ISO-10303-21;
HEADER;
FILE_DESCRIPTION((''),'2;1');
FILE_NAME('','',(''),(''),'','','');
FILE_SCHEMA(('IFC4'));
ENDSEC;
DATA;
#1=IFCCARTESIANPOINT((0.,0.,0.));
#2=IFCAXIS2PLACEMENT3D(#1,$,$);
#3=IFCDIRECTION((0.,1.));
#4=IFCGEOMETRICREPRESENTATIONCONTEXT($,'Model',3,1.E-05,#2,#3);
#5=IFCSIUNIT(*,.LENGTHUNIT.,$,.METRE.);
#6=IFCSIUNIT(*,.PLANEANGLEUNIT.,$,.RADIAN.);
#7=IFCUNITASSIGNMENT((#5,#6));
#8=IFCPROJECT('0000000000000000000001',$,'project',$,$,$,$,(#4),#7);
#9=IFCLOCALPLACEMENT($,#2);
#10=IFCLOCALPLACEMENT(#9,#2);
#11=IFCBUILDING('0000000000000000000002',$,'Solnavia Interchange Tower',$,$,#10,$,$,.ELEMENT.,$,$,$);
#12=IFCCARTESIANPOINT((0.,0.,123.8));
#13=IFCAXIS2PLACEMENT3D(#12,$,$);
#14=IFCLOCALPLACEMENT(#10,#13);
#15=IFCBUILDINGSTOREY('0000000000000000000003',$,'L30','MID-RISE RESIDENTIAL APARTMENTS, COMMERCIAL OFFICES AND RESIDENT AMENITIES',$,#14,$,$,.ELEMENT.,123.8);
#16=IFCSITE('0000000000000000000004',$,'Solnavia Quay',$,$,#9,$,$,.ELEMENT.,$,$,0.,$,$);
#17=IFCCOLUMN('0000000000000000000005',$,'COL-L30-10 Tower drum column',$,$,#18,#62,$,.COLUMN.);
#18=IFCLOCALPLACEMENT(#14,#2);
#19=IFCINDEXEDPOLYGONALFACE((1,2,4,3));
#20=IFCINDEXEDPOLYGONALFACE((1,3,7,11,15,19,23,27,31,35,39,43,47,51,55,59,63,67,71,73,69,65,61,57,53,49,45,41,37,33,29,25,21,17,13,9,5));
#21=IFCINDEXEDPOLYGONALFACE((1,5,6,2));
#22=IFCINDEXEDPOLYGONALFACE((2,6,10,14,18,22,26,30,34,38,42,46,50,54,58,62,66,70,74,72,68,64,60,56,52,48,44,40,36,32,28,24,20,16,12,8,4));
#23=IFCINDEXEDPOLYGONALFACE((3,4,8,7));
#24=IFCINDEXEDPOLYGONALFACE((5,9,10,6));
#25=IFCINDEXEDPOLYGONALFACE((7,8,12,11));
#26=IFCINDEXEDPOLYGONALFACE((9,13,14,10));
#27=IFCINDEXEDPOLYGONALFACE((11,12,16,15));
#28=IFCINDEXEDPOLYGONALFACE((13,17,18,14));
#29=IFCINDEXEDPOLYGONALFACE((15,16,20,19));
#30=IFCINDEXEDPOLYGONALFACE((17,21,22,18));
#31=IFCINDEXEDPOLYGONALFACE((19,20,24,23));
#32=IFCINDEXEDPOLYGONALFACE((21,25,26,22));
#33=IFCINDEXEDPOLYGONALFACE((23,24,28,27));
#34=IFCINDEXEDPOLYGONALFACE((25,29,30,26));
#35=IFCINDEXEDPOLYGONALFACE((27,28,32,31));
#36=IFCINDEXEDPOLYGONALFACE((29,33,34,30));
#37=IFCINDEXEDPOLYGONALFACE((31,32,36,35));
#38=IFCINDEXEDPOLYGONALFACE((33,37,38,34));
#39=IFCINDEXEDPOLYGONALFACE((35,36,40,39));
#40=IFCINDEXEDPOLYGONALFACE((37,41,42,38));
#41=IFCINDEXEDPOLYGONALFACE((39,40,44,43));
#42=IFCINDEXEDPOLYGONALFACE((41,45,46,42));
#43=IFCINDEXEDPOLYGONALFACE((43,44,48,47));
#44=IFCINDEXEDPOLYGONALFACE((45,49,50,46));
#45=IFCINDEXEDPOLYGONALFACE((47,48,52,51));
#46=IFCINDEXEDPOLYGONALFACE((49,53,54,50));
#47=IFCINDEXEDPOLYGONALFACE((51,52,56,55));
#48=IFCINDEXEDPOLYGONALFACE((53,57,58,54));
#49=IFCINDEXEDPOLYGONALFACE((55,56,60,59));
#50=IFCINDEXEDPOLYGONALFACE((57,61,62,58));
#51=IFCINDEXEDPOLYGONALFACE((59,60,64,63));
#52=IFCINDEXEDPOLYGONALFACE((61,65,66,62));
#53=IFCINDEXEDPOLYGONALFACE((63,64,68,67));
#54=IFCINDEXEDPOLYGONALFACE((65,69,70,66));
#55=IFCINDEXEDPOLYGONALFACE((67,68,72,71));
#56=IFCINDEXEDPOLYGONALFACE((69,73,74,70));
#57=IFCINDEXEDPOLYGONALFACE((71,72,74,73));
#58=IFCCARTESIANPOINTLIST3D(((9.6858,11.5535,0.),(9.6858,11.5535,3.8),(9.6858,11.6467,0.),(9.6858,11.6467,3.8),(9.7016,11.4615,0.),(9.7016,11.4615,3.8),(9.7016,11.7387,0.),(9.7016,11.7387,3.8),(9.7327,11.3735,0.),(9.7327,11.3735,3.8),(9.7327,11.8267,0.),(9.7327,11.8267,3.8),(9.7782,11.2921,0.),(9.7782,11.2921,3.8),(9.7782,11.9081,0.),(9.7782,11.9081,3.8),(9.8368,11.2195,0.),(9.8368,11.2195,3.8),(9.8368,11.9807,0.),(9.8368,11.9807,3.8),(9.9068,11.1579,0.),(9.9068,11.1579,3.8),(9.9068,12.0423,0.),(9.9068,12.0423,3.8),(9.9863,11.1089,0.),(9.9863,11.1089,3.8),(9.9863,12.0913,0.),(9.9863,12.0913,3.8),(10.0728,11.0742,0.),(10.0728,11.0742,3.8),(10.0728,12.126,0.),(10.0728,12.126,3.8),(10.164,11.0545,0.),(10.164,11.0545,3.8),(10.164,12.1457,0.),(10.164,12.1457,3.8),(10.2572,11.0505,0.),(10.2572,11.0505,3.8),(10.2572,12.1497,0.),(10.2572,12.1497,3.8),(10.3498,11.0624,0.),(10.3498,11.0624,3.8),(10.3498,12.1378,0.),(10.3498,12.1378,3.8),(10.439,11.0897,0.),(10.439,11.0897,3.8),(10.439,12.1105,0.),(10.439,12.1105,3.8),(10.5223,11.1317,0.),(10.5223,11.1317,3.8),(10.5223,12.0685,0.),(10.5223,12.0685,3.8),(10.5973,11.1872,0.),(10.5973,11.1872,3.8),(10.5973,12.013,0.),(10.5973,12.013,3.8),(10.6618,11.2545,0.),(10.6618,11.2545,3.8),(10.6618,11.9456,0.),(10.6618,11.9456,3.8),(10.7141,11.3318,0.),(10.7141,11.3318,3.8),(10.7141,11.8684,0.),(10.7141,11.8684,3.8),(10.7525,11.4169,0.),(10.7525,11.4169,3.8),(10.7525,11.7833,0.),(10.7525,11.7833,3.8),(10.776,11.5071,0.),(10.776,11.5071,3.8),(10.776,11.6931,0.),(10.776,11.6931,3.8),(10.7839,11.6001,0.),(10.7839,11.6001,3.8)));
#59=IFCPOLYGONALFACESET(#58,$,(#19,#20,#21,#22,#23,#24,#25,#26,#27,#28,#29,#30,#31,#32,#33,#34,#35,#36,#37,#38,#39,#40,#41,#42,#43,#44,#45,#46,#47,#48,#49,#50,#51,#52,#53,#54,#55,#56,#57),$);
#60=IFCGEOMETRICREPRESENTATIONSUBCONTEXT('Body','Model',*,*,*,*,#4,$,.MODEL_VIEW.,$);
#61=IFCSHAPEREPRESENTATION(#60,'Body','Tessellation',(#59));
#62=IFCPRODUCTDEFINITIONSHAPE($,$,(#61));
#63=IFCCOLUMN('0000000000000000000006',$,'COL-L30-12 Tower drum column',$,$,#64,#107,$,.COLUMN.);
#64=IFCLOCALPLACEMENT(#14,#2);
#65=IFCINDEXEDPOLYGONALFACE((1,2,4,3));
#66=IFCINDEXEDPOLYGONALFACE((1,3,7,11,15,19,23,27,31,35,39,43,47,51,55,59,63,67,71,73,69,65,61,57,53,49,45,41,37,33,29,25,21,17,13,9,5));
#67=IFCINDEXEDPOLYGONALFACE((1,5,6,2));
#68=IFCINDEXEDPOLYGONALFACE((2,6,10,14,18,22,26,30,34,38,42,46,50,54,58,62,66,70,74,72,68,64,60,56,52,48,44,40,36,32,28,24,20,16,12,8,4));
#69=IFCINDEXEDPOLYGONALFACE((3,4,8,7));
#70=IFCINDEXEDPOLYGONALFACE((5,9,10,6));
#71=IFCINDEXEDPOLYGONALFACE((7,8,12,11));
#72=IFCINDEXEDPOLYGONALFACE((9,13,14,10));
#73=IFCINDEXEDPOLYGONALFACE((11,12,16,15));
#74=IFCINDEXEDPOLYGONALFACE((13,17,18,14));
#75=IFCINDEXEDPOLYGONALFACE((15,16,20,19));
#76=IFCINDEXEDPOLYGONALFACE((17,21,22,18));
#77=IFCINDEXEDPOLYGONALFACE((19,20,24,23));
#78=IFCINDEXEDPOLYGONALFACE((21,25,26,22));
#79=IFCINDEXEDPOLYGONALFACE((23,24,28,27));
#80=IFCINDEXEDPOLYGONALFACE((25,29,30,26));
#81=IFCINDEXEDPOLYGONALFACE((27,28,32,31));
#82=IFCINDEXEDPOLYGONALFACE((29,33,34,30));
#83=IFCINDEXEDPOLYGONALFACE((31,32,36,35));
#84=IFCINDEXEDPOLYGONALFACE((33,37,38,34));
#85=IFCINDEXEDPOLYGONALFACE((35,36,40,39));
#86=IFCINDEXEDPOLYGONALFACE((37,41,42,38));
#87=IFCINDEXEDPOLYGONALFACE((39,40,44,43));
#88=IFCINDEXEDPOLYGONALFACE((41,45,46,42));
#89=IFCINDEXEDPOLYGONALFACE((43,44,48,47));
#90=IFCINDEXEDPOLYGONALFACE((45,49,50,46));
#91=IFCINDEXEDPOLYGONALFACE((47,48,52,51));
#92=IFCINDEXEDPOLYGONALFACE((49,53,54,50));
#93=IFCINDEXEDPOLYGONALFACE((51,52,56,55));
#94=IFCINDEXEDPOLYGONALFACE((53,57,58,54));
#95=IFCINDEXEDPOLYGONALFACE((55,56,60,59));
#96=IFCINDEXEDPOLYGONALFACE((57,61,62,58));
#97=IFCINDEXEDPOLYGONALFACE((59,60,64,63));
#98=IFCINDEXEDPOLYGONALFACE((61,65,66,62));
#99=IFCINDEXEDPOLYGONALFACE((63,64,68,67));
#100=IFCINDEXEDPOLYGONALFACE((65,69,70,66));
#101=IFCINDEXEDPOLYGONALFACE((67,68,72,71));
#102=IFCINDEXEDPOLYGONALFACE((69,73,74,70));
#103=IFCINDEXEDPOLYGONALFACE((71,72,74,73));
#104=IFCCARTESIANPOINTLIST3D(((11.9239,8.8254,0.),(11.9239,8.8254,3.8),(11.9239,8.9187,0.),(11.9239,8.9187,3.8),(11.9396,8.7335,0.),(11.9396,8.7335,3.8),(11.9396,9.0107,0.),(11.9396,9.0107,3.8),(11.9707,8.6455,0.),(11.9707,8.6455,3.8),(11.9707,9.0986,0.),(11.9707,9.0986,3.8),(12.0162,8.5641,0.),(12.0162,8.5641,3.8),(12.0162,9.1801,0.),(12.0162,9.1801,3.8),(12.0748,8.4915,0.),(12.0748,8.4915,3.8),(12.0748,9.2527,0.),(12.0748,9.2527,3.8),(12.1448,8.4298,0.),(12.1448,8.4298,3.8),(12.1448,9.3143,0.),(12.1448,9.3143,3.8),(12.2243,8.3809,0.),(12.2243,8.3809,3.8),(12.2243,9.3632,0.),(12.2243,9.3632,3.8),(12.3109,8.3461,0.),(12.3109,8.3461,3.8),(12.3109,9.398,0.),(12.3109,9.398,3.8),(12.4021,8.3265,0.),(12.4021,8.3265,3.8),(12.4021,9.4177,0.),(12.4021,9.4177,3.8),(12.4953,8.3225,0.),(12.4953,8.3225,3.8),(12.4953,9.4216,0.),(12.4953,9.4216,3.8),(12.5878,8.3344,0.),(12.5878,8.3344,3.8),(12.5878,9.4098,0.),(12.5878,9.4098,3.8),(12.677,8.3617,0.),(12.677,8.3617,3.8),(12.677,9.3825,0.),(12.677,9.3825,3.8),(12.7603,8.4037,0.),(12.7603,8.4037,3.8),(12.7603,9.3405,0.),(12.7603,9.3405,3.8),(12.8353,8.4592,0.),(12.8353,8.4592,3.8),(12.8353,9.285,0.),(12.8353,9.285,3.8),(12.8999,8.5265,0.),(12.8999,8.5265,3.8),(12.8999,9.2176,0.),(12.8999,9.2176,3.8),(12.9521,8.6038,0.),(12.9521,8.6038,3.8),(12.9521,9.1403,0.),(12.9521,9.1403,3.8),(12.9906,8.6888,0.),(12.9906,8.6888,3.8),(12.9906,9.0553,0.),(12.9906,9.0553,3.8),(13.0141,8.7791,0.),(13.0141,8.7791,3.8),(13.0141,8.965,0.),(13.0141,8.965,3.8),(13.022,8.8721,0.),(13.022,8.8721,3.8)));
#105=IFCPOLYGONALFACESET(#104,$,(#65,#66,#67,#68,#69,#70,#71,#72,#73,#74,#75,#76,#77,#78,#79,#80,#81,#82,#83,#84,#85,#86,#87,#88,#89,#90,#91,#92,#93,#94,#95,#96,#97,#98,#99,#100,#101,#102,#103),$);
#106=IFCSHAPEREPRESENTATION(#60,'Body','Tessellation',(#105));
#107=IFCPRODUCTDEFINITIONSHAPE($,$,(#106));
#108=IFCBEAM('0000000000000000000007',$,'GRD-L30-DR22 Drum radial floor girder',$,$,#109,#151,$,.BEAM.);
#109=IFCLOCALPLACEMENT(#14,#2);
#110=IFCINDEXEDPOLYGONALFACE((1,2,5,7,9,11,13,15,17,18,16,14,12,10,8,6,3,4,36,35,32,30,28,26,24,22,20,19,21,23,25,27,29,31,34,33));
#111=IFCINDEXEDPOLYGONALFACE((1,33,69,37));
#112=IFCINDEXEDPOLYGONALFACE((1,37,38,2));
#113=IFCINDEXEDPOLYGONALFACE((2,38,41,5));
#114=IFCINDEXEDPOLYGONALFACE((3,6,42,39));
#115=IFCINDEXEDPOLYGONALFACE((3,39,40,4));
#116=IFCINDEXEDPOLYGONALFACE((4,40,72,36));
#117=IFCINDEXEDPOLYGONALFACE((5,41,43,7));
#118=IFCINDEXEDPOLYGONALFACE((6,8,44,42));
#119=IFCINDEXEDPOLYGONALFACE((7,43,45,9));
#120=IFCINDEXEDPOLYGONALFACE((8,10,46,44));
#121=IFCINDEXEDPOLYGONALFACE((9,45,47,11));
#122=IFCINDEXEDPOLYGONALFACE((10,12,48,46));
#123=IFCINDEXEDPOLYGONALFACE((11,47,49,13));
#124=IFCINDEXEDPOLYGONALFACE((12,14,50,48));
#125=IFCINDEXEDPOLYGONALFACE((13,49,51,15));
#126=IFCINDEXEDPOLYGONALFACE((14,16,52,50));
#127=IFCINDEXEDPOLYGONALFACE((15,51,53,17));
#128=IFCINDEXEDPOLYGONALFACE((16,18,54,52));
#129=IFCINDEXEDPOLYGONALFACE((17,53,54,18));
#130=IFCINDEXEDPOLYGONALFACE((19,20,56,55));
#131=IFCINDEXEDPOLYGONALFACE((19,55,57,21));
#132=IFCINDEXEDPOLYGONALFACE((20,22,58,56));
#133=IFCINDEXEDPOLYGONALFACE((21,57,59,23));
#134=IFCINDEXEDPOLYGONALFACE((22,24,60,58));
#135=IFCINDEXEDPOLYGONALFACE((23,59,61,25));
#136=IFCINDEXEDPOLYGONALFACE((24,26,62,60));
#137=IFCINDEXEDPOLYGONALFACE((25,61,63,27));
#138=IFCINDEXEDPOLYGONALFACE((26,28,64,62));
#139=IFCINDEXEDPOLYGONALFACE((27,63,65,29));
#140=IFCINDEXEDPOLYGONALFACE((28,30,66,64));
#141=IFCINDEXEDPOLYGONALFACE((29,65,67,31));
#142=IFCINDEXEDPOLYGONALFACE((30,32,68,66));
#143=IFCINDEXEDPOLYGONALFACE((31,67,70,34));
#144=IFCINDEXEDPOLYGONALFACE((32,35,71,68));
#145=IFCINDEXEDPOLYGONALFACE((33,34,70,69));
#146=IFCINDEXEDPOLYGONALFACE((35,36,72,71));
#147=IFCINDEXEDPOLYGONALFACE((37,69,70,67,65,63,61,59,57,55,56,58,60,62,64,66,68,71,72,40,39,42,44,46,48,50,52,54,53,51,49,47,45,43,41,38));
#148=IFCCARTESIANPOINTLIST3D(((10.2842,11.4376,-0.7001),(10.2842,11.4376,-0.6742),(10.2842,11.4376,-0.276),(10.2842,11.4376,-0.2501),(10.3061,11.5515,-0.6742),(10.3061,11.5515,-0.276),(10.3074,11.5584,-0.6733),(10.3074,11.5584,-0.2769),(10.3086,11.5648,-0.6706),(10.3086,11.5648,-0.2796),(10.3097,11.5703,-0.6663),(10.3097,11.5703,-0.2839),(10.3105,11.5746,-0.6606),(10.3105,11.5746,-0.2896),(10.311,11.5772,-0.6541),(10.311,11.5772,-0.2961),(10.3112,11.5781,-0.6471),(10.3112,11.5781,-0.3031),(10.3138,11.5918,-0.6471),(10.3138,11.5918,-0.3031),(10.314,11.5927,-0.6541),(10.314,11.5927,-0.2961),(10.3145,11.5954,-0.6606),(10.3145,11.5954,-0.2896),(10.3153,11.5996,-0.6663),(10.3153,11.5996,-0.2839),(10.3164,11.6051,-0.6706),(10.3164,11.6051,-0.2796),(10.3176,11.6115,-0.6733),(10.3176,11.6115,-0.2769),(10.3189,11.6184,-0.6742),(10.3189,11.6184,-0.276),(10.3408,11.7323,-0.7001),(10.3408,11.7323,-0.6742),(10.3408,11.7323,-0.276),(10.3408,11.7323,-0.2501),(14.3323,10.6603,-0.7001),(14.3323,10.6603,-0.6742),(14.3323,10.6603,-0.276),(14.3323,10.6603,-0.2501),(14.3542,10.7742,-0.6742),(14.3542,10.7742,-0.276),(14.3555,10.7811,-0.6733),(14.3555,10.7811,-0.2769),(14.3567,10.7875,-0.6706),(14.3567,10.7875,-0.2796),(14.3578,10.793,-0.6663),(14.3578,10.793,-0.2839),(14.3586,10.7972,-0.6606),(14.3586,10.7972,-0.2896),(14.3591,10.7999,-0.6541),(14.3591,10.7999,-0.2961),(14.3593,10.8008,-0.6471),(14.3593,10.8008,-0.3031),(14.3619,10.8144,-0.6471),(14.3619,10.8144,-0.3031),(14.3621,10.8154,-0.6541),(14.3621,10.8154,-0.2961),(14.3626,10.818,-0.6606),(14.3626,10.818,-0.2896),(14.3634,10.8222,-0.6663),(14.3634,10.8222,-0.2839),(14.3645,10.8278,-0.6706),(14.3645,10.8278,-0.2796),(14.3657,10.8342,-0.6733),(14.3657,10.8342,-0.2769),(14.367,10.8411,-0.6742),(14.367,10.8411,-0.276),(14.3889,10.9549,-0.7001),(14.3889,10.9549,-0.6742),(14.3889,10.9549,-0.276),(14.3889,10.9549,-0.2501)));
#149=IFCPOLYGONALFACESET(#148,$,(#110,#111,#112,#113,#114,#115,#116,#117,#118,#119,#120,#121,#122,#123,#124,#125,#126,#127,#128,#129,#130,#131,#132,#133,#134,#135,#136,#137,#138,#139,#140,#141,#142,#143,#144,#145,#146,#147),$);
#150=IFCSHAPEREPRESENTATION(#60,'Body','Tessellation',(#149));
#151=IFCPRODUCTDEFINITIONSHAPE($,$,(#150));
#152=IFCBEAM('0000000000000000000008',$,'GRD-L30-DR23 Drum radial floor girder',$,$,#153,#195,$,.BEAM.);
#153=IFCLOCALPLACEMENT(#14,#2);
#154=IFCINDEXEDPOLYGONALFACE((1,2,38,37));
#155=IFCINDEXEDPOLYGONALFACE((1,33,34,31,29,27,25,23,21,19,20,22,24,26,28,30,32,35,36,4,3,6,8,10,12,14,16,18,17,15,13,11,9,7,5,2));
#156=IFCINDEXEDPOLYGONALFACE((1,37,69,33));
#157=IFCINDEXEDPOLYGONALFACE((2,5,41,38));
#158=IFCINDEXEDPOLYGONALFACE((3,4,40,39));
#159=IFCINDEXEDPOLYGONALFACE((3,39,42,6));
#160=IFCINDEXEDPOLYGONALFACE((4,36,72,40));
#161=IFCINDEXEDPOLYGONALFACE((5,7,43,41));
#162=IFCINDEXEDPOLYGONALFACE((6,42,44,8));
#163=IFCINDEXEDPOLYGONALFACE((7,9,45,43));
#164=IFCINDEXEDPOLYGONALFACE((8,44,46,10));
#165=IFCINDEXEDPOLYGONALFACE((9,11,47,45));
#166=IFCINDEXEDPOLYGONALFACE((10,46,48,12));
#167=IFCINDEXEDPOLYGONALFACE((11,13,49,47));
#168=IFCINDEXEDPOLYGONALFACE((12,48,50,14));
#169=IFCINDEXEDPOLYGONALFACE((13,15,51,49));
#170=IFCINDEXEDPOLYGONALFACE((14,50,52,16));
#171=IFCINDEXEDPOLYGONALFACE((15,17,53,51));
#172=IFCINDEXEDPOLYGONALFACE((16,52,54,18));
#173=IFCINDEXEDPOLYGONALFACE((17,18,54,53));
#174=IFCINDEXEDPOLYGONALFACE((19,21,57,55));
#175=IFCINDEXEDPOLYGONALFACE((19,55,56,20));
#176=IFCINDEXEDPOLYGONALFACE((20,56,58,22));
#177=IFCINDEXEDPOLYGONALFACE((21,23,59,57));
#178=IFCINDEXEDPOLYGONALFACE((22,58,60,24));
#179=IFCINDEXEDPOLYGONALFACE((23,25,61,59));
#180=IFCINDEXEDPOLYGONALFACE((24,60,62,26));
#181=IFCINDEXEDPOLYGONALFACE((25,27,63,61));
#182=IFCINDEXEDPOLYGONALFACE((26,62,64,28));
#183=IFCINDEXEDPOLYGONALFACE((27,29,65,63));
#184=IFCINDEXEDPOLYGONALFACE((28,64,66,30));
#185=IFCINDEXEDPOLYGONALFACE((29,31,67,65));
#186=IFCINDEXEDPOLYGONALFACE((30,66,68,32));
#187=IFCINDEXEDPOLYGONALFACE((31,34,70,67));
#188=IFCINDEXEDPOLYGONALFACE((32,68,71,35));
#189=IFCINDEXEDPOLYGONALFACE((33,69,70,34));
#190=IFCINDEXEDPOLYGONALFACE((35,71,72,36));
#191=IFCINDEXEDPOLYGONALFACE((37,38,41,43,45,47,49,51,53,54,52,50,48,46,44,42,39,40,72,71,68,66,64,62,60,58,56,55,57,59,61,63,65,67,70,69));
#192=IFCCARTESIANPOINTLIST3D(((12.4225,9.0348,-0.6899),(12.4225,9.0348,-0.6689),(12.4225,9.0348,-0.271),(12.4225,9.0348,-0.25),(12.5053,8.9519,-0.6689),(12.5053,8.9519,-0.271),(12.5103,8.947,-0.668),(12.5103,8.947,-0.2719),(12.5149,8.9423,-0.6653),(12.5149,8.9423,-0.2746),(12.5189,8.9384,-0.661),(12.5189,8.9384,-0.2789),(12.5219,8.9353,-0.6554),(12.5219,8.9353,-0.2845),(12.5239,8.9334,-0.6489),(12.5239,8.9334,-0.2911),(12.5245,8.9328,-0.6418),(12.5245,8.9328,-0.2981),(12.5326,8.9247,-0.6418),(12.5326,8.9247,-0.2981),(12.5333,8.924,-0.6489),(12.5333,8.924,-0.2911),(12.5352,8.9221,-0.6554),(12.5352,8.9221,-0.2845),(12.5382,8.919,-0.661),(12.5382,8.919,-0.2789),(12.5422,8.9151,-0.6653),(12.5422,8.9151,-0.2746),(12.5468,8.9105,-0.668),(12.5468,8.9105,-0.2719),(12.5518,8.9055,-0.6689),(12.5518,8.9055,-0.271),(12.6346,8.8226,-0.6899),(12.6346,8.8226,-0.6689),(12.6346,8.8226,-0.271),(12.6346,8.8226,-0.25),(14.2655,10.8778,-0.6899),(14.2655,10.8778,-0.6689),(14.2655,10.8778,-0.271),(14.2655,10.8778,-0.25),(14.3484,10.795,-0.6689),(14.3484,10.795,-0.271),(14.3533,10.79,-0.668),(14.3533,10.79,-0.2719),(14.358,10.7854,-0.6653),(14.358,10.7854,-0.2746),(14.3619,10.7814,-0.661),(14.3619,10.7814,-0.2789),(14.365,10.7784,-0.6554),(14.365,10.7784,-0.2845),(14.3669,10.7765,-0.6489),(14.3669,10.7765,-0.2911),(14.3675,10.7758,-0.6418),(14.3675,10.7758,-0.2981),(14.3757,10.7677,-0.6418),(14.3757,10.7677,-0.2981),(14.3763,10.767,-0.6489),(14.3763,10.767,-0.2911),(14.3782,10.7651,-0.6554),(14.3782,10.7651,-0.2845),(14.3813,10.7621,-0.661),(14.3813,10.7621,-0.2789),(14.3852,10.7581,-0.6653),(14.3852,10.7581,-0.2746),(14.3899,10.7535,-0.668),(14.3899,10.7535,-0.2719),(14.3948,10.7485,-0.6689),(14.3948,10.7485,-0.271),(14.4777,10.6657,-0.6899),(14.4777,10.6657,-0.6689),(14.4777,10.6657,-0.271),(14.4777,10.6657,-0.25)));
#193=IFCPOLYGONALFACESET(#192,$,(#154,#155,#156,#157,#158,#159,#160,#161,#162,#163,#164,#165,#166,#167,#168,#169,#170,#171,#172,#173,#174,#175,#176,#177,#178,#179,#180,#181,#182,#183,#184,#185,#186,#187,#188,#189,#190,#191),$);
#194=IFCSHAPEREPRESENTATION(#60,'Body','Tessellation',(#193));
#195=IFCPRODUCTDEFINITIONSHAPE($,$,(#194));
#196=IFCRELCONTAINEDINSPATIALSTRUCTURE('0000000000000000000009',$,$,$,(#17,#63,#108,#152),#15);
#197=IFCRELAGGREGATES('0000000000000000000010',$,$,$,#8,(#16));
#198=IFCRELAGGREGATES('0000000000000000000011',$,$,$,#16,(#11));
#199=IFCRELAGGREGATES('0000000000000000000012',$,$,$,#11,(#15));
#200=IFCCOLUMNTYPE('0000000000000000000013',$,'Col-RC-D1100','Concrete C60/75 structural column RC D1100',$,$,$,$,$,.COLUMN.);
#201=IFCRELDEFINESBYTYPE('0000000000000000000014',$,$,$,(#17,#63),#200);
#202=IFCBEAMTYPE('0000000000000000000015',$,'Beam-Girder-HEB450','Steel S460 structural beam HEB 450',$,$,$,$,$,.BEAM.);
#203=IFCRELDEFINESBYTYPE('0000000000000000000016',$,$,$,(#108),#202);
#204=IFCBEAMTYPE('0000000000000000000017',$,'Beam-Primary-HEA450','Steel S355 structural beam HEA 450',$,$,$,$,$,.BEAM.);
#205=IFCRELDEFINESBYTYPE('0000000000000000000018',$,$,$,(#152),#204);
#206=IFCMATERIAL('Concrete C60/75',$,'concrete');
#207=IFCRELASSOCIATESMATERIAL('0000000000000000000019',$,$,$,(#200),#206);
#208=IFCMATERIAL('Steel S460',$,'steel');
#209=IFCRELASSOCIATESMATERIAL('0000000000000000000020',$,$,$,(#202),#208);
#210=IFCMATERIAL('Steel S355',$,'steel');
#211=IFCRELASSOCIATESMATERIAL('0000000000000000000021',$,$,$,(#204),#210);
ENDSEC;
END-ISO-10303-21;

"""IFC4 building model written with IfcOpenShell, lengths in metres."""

from ifc_helpers import new_model, si_unit, direction, frame, origin, origin_2d, place, context, subcontext, project, spatial, circle, i_section, extrude, material, material_profile, profile_set, type_object, element, save


model = new_model("IFC4")

# Units and contexts
model_context = context("Model", 3, precision=1e-05, world=origin(), true_north=direction((0.0, 1.0)))
body_context = subcontext(model_context, "Body", "Model", "MODEL_VIEW")
ifc_project = project(units=[si_unit("LENGTHUNIT", "METRE"), si_unit("PLANEANGLEUNIT", "RADIAN")], contexts=[model_context])

# Site, building, storey
site_placement = place(None, origin())
site = spatial("IfcSite", under=ifc_project, at=site_placement, Name="Solnavia Quay", CompositionType="ELEMENT", RefElevation=0.0)
building_placement = place(site_placement, origin())
building = spatial("IfcBuilding", under=site, at=building_placement, Name="Solnavia Interchange Tower", CompositionType="ELEMENT")
storey_placement = place(building_placement, frame((0.0, 0.0, 123.8)))
storey = spatial("IfcBuildingStorey", under=building, at=storey_placement, Name="L30", Description="MID-RISE RESIDENTIAL APARTMENTS, COMMERCIAL OFFICES AND RESIDENT AMENITIES", CompositionType="ELEMENT", Elevation=123.8)

# Columns
ifc_material_1 = material(Name="Concrete C60/75", Category="concrete")
ifc_material_profile_1 = material_profile(ifc_material_1, circle(Radius=0.55, at=origin_2d()), Name="RC D1100")
ifc_profile_set_1 = profile_set([ifc_material_profile_1], Name="Concrete C60/75")
column_type = type_object("IfcColumnType", Name="Col-RC-D1100", Description="Concrete C60/75 structural column RC D1100", PredefinedType="COLUMN", material=ifc_profile_set_1)
for number, where, z_axis, x_axis, name in (
    (1, (10.2339, 11.6001, 0.0), (0.0, 0.0, 1.0), (1.0, 0.0, 0.0), "COL-L30-10 Tower drum column"),
    (2, (12.4719, 8.8721, 0.0), (0.0, 0.0, 1.0), (1.0, 0.0, 0.0), "COL-L30-12 Tower drum column"),
):
    element("IfcColumn", number, at=place(storey_placement, frame(where, z_axis=z_axis, x_axis=x_axis)), inside=storey, type_object=column_type, Name=name, PredefinedType="COLUMN", context=body_context, shape_type="SweptSolid", body=[
        extrude(circle(Radius=0.55, at=origin_2d()), origin(), (0.0, 0.0, 1.0), 3.8),
    ])

# Beams
ifc_material_2 = material(Name="Steel S460", Category="steel")
ifc_material_profile_2 = material_profile(ifc_material_2, i_section(OverallWidth=0.3, OverallDepth=0.45, WebThickness=0.0139, FlangeThickness=0.0259, FilletRadius=0.0271, at=origin_2d()), Name="HEB 450")
ifc_profile_set_2 = profile_set([ifc_material_profile_2], Name="Steel S460")
beam_type_1 = type_object("IfcBeamType", Name="Beam-Girder-HEB450", Description="Steel S460 structural beam HEB 450", PredefinedType="BEAM", material=ifc_profile_set_2)
beam_1_placement = place(storey_placement, frame((10.3125, 11.585, -0.4751), z_axis=(0.982058, -0.188582, 0.0), x_axis=(0.188582, 0.982058, 0.0)))
element("IfcBeam", 3, at=beam_1_placement, inside=storey, type_object=beam_type_1, Name="GRD-L30-DR22 Drum radial floor girder", PredefinedType="BEAM", context=body_context, shape_type="SweptSolid", body=[
    extrude(i_section(OverallWidth=0.3, OverallDepth=0.45, WebThickness=0.0139, FlangeThickness=0.0259, FilletRadius=0.0271, at=origin_2d()), origin(), (0.0, 0.0, 1.0), 4.1221),
])
ifc_material_3 = material(Name="Steel S355", Category="steel")
ifc_material_profile_3 = material_profile(ifc_material_3, i_section(OverallWidth=0.3, OverallDepth=0.4399, WebThickness=0.0115, FlangeThickness=0.021, FilletRadius=0.0271, at=origin_2d()), Name="HEA 450")
ifc_profile_set_3 = profile_set([ifc_material_profile_3], Name="Steel S355")
beam_type_2 = type_object("IfcBeamType", Name="Beam-Primary-HEA450", Description="Steel S355 structural beam HEA 450", PredefinedType="BEAM", material=ifc_profile_set_3)
beam_2_placement = place(storey_placement, frame((12.5286, 8.9287, -0.47), z_axis=(0.707107, 0.707107, 0.0), x_axis=(-0.707107, 0.707107, 0.0)))
element("IfcBeam", 4, at=beam_2_placement, inside=storey, type_object=beam_type_2, Name="GRD-L30-DR23 Drum radial floor girder", PredefinedType="BEAM", context=body_context, shape_type="SweptSolid", body=[
    extrude(i_section(OverallWidth=0.3, OverallDepth=0.4399, WebThickness=0.0115, FlangeThickness=0.021, FilletRadius=0.0271, at=origin_2d()), origin(), (0.0, 0.0, 1.0), 2.6064),
])

save(model, "model.ifc")
